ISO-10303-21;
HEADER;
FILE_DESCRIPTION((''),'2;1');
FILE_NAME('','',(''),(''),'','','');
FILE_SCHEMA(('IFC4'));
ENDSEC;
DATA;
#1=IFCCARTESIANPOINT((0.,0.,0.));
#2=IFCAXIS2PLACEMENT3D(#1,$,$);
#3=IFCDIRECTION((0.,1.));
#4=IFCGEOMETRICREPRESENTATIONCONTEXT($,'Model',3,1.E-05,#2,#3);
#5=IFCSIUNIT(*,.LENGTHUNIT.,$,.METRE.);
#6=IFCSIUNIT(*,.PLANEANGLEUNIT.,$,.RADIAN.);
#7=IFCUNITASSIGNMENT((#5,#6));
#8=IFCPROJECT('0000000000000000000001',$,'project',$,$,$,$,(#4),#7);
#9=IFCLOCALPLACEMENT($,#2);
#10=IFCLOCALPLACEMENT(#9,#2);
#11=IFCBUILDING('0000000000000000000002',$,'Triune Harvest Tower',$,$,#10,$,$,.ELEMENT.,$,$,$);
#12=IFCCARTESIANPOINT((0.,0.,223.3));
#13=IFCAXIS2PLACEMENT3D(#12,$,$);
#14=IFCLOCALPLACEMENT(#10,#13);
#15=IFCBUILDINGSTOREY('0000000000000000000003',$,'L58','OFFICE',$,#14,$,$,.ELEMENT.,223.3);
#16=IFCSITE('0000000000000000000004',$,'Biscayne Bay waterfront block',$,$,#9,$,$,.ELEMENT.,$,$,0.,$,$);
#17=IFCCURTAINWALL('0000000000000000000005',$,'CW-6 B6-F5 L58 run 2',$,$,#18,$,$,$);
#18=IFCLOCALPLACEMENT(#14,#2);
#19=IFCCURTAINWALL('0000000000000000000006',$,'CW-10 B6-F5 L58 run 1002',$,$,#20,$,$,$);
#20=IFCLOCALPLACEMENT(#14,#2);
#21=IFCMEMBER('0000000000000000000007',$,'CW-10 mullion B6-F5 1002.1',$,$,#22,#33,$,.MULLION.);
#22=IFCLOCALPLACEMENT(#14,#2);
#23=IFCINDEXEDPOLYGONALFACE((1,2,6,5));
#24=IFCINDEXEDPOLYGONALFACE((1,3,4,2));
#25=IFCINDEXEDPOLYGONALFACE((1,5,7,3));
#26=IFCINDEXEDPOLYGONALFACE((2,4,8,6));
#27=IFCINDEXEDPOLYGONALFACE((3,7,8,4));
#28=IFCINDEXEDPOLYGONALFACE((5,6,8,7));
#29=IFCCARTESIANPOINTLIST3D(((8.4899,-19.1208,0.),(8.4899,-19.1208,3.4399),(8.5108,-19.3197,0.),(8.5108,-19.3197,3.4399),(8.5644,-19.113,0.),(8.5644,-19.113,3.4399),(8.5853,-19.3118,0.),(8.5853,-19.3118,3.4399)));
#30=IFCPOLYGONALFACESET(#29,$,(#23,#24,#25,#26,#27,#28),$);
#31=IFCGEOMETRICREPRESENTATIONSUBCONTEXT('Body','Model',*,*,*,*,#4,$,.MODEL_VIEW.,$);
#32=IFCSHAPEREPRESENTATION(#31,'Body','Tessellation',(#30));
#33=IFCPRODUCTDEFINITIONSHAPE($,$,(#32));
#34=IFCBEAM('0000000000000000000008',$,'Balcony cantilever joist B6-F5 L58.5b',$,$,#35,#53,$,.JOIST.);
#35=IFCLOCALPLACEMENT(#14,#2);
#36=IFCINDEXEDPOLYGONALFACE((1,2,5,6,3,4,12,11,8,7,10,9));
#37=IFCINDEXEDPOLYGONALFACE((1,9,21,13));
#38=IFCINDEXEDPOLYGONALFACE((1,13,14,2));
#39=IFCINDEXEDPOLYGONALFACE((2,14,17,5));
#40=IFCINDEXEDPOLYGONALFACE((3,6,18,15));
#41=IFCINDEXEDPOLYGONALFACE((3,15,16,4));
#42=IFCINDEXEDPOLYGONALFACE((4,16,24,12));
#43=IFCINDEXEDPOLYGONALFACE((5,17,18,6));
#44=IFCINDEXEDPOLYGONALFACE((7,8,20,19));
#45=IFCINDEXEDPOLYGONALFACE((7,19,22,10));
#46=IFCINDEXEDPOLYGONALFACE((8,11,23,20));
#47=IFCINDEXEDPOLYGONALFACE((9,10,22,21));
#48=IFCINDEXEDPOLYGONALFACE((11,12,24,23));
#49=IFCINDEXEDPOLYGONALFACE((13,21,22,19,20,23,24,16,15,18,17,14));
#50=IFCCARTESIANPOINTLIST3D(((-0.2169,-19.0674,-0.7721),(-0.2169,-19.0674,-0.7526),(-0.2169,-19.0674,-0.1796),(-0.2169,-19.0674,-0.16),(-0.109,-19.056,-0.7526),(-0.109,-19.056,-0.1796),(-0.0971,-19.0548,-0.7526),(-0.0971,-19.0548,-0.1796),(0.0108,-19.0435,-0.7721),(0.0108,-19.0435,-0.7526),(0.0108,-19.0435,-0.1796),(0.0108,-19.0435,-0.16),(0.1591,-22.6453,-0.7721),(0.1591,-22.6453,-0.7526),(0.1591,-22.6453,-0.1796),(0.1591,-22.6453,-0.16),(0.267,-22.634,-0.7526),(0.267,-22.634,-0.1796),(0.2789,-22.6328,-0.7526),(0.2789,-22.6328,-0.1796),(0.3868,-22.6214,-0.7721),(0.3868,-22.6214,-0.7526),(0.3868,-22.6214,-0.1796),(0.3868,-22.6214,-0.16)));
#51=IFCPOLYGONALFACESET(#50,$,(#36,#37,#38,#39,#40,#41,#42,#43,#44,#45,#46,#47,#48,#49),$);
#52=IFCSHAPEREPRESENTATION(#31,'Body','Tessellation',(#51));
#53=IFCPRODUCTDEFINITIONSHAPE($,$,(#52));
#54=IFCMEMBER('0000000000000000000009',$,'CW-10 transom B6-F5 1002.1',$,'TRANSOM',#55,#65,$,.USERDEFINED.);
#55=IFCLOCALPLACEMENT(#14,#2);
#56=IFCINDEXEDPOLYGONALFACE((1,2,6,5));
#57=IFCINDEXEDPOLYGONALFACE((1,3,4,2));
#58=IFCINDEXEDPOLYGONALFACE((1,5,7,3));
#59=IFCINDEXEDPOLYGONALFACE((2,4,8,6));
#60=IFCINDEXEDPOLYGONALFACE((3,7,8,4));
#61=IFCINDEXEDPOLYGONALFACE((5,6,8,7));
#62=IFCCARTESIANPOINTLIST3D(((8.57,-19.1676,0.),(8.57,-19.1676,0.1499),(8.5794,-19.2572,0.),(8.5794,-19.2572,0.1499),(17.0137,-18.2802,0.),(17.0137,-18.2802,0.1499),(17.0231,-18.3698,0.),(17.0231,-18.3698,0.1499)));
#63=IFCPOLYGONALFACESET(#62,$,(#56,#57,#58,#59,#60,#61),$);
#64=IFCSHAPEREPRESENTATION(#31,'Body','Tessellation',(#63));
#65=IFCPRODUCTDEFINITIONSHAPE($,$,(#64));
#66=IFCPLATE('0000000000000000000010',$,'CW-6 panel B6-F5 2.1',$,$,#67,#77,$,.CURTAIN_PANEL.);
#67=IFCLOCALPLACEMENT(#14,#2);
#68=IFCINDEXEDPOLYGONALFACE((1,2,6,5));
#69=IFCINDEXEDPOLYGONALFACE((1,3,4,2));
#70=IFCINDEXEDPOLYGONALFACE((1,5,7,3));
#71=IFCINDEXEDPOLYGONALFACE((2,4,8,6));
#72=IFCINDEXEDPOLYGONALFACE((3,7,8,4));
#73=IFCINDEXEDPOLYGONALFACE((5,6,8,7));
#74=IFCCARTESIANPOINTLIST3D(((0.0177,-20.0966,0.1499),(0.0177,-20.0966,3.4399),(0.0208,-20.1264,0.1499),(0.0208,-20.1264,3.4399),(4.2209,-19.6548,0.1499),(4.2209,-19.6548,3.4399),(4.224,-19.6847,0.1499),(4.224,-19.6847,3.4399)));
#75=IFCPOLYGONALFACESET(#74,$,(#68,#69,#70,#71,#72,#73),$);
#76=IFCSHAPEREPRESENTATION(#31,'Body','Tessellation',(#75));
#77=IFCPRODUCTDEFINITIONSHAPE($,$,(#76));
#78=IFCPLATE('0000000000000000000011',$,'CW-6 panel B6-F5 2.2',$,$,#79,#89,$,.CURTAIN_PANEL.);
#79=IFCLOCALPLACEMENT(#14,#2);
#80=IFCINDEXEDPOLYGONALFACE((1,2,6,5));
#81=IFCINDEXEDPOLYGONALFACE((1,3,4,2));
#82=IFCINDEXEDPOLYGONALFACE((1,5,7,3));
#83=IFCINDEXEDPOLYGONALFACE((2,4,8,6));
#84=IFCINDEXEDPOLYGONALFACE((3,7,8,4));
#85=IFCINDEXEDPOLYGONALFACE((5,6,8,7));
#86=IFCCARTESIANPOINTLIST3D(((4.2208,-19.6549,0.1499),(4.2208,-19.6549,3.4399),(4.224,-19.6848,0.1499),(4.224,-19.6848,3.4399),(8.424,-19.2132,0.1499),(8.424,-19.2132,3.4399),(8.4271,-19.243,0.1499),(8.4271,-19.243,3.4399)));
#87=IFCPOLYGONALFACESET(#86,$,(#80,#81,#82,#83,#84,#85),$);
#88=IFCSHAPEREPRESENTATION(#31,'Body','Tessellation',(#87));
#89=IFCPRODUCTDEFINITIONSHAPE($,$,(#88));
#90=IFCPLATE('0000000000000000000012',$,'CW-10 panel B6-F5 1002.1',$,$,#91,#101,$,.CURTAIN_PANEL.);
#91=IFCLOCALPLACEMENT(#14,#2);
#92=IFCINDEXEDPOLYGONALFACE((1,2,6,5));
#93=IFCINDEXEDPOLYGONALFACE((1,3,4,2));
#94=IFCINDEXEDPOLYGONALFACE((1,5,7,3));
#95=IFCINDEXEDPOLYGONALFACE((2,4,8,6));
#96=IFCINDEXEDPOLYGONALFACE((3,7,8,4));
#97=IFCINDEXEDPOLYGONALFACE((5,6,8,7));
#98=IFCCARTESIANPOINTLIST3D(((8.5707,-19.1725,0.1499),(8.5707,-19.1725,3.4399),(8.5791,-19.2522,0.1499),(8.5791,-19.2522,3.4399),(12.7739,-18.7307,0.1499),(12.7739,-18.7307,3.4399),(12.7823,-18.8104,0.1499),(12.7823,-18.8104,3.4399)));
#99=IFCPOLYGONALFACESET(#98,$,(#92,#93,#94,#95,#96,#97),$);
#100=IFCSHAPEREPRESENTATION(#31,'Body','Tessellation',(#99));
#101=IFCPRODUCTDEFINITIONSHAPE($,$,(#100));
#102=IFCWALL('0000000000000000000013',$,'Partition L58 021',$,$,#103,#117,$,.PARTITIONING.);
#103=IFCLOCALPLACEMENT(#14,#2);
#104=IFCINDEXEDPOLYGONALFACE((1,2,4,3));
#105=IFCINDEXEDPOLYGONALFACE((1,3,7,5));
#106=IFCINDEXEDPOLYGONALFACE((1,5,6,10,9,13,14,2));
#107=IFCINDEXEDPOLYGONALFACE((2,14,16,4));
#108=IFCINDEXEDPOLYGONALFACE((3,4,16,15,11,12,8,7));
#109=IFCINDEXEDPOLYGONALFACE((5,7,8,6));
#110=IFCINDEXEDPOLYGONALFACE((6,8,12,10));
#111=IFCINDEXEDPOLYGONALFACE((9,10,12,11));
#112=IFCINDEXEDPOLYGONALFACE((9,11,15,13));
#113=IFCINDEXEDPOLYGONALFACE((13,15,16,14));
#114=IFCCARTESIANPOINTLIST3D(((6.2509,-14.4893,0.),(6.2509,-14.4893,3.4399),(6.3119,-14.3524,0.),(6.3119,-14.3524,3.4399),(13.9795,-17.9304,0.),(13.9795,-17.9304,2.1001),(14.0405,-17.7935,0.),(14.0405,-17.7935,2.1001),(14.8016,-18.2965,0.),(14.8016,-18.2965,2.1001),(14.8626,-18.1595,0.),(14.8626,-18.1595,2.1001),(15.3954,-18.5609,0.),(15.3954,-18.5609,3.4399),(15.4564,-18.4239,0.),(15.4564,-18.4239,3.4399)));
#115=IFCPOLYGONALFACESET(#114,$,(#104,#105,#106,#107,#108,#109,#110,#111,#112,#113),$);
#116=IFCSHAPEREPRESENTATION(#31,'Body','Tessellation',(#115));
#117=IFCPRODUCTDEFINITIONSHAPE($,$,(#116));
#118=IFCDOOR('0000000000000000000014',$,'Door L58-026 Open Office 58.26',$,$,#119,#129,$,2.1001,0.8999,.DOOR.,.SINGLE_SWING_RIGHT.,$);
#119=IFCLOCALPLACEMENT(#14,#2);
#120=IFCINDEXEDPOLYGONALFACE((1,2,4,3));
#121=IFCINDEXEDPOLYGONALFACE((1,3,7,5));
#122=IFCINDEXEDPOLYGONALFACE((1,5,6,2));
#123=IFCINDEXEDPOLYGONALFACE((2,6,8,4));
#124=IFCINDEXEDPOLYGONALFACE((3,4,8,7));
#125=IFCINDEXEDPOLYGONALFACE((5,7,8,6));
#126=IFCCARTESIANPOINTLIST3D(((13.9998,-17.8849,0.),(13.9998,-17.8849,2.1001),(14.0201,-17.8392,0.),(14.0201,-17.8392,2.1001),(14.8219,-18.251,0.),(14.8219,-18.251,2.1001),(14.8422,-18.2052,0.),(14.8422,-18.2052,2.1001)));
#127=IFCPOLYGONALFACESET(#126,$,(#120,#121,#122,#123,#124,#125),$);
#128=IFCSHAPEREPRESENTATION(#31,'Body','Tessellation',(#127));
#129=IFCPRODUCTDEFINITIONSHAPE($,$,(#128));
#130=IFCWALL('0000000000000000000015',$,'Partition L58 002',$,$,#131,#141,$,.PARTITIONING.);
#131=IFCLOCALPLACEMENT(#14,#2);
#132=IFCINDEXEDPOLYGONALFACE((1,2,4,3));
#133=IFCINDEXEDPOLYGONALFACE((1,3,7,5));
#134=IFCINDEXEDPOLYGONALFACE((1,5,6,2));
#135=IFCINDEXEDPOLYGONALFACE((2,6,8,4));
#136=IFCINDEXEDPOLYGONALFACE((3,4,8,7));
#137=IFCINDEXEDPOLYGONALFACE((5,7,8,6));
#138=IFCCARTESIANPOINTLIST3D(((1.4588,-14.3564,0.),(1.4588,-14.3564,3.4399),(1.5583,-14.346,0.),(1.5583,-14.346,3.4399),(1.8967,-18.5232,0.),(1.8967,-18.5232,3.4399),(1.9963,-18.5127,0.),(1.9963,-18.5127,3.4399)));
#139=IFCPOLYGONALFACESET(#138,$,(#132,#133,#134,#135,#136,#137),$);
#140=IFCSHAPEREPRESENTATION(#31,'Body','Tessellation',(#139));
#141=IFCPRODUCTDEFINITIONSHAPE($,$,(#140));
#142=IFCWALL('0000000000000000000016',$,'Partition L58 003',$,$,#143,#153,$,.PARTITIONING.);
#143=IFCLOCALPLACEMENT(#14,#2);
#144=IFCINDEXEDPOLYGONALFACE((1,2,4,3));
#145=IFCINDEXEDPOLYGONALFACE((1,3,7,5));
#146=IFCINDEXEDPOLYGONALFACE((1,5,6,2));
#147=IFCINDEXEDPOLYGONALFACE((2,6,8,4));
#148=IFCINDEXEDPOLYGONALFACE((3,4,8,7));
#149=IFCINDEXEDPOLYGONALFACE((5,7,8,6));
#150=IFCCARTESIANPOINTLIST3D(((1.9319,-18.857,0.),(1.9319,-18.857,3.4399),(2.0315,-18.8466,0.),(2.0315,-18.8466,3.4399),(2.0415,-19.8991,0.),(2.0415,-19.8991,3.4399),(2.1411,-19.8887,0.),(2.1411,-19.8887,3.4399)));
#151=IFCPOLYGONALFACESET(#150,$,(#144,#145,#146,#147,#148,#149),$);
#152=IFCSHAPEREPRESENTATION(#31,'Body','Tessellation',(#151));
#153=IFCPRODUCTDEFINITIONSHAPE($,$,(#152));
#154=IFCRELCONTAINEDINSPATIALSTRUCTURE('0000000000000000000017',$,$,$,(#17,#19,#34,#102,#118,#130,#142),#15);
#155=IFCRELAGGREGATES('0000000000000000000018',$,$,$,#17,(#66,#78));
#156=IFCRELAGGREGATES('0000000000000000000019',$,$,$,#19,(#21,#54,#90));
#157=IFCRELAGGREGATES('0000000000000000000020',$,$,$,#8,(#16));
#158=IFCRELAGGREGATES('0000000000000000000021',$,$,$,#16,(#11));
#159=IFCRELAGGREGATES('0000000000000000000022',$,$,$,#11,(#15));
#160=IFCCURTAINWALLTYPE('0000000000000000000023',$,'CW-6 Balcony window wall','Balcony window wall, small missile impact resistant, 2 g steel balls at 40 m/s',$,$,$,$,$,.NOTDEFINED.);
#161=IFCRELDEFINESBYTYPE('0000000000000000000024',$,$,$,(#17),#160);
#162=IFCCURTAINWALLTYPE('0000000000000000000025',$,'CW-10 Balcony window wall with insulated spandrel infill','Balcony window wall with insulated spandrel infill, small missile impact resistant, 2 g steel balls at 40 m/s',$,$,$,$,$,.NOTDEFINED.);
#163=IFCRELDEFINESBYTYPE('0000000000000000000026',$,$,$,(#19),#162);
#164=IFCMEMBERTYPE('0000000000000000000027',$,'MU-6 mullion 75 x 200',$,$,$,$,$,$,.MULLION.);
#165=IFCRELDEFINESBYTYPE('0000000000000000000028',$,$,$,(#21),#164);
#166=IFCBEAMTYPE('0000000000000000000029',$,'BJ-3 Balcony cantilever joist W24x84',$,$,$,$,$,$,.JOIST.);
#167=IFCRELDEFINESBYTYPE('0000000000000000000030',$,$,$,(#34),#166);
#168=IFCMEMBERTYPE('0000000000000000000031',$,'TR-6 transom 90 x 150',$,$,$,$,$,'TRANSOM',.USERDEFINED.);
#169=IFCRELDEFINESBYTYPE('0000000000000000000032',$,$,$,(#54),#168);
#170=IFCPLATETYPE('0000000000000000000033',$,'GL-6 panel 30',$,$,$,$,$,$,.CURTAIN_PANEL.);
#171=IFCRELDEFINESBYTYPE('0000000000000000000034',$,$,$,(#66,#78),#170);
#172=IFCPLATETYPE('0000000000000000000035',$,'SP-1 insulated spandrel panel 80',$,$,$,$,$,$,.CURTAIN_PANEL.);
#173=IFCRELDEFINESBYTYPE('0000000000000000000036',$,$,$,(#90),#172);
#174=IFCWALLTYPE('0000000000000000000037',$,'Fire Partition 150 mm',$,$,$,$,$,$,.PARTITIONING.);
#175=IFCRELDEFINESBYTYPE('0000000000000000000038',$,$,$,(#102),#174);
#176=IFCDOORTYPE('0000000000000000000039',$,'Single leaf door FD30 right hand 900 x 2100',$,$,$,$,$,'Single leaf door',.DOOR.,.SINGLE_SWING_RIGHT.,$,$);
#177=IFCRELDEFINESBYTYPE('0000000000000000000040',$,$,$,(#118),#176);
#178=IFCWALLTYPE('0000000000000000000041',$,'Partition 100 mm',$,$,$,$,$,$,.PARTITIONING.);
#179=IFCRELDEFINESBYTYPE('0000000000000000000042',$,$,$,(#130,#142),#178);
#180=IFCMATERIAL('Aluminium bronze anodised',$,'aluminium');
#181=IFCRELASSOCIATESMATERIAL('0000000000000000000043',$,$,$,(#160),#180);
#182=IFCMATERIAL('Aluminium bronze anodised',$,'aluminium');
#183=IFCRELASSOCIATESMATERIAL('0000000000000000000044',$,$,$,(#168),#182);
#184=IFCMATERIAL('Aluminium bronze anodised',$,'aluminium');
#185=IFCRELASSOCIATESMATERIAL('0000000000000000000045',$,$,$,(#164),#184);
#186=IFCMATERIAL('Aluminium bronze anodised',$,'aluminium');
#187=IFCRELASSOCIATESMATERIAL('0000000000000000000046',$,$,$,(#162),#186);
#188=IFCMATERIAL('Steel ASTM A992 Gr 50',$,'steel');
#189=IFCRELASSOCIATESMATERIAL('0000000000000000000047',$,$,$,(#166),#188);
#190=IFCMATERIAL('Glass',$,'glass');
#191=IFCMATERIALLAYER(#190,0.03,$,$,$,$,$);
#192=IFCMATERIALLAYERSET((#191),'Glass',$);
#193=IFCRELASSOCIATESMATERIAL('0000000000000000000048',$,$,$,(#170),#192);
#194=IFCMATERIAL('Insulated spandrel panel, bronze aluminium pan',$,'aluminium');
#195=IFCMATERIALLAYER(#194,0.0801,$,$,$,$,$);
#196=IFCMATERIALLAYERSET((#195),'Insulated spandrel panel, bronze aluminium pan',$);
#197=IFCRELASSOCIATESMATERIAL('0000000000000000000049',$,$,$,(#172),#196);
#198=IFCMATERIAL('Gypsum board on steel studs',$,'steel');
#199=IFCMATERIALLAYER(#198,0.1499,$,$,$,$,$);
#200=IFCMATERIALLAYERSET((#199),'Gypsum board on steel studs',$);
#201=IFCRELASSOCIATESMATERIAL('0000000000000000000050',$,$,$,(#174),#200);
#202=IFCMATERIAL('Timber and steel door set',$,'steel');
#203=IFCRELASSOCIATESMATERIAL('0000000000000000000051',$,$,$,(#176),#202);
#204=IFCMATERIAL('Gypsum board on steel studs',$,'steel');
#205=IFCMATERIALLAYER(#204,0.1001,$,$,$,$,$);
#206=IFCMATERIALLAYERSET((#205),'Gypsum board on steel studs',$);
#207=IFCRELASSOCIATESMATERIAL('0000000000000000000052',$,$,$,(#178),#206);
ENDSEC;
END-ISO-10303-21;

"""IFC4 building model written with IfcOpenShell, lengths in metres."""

from ifc_helpers import new_model, si_unit, direction, frame, frame_2d, origin, origin_2d, place, context, subcontext, project, spatial, rectangle, i_section, extrude, source, transform, mapped, material, layer, layer_set, material_profile, profile_set, type_object, element, fill, aggregate, save


model = new_model("IFC4")

# Units and contexts
model_context = context("Model", 3, precision=1e-05, world=origin(), true_north=direction((0.0, 1.0)))
body_context = subcontext(model_context, "Body", "Model", "MODEL_VIEW")
ifc_project = project(units=[si_unit("LENGTHUNIT", "METRE"), si_unit("PLANEANGLEUNIT", "RADIAN")], contexts=[model_context])

# Site, building, storey
site_placement = place(None, origin())
site = spatial("IfcSite", under=ifc_project, at=site_placement, Name="Biscayne Bay waterfront block", CompositionType="ELEMENT", RefElevation=0.0)
building_placement = place(site_placement, origin())
building = spatial("IfcBuilding", under=site, at=building_placement, Name="Triune Harvest Tower", CompositionType="ELEMENT")
storey_placement = place(building_placement, frame((0.0, 0.0, 223.3)))
storey = spatial("IfcBuildingStorey", under=building, at=storey_placement, Name="L58", Description="OFFICE", CompositionType="ELEMENT", Elevation=223.3)

# Curtain wall
ifc_material_1 = material(Name="Aluminium bronze anodised", Category="aluminium")
curtain_wall_type_1 = type_object("IfcCurtainWallType", Name="CW-6 Balcony window wall", Description="Balcony window wall, small missile impact resistant, 2 g steel balls at 40 m/s", PredefinedType="NOTDEFINED", material=ifc_material_1)
curtain_wall_1_placement = place(storey_placement, origin())
curtain_wall_1 = element("IfcCurtainWall", 1, at=curtain_wall_1_placement, inside=storey, type_object=curtain_wall_type_1, Name="CW-6 B6-F5 L58 run 2")
ifc_material_2 = material(Name="Aluminium bronze anodised", Category="aluminium")
ifc_material_profile_1 = material_profile(ifc_material_2, rectangle(XDim=0.0901, YDim=0.1499, at=origin_2d()), Name="TR-6 transom 90 x 150")
ifc_profile_set_1 = profile_set([ifc_material_profile_1], Name="Aluminium bronze anodised")
member_type_1 = type_object("IfcMemberType", Name="TR-6 transom 90 x 150", ElementType="TRANSOM", PredefinedType="USERDEFINED", material=ifc_profile_set_1)

# Shared definitions
ifc_material_3 = material(Name="Aluminium bronze anodised", Category="aluminium")
ifc_material_profile_2 = material_profile(ifc_material_3, rectangle(XDim=0.2, YDim=0.075, at=origin_2d()), Name="MU-6 mullion 75 x 200")
ifc_profile_set_2 = profile_set([ifc_material_profile_2], Name="Aluminium bronze anodised")
member_type_2 = type_object("IfcMemberType", Name="MU-6 mullion 75 x 200", PredefinedType="MULLION", material=ifc_profile_set_2)
shared_shape_1 = source(origin(), body_context, "Body", "SweptSolid", [
    extrude(rectangle(XDim=0.2, YDim=0.075, at=origin_2d()), origin(), (0.0, 0.0, 1.0), 3.4399),
])

# Curtain wall, member
ifc_material_4 = material(Name="Aluminium bronze anodised", Category="aluminium")
curtain_wall_type_2 = type_object("IfcCurtainWallType", Name="CW-10 Balcony window wall with insulated spandrel infill", Description="Balcony window wall with insulated spandrel infill, small missile impact resistant, 2 g steel balls at 40 m/s", PredefinedType="NOTDEFINED", material=ifc_material_4)
curtain_wall_2_placement = place(storey_placement, origin())
curtain_wall_2 = element("IfcCurtainWall", 2, at=curtain_wall_2_placement, inside=storey, type_object=curtain_wall_type_2, Name="CW-10 B6-F5 L58 run 1002")
member_1_placement = place(storey_placement, frame((8.5376, -19.2163, 0.0), z_axis=(0.0, 0.0, 1.0), x_axis=(-0.10453, 0.994522, 0.0)))
member_1 = element("IfcMember", 3, at=member_1_placement, type_object=member_type_2, Name="CW-10 mullion B6-F5 1002.1", PredefinedType="MULLION", context=body_context, shape_type="MappedRepresentation", body=[
    mapped(shared_shape_1, transform((0.0, 0.0, 0.0), scale=1.0)),
])

# Beam
ifc_material_5 = material(Name="Steel ASTM A992 Gr 50", Category="steel")
ifc_material_profile_3 = material_profile(ifc_material_5, i_section(OverallWidth=0.229, OverallDepth=0.6121, WebThickness=0.012, FlangeThickness=0.0195, at=origin_2d()), Name="W24x84")
ifc_profile_set_3 = profile_set([ifc_material_profile_3], Name="Steel ASTM A992 Gr 50")
beam_type_1 = type_object("IfcBeamType", Name="BJ-3 Balcony cantilever joist W24x84", PredefinedType="JOIST", material=ifc_profile_set_3)
shared_shape_2 = source(origin(), body_context, "Body", "SweptSolid", [
    extrude(i_section(OverallWidth=0.229, OverallDepth=0.6121, WebThickness=0.012, FlangeThickness=0.0195, at=origin_2d()), origin(), (0.0, 0.0, 1.0), 3.5977),
])
beam_1_placement = place(storey_placement, frame((-0.103, -19.0554, -0.4661), z_axis=(0.104508, -0.994524, 0.0), x_axis=(0.994524, 0.104508, 0.0)))
element("IfcBeam", 4, at=beam_1_placement, inside=storey, type_object=beam_type_1, Name="Balcony cantilever joist B6-F5 L58.5b", PredefinedType="JOIST", context=body_context, shape_type="MappedRepresentation", body=[
    mapped(shared_shape_2, transform((0.0, 0.0, 0.0), scale=1.0)),
])

# Member
shared_shape_3 = source(origin(), body_context, "Body", "SweptSolid", [
    extrude(rectangle(XDim=0.0901, YDim=0.1499, at=origin_2d()), origin(), (0.0, 0.0, 1.0), 8.4902),
])
member_2_placement = place(storey_placement, frame((8.5747, -19.2124, 0.075), z_axis=(0.994522, 0.104525, 0.0), x_axis=(-0.104525, 0.994522, 0.0)))
member_2 = element("IfcMember", 5, at=member_2_placement, type_object=member_type_1, Name="CW-10 transom B6-F5 1002.1", ObjectType="TRANSOM", PredefinedType="USERDEFINED", context=body_context, shape_type="MappedRepresentation", body=[
    mapped(shared_shape_3, transform((0.0, 0.0, 0.0), scale=1.0)),
])

# Plates
ifc_material_6 = material(Name="Glass", Category="glass")
ifc_layer_1 = layer(ifc_material_6, 0.03)
ifc_layer_set_1 = layer_set([ifc_layer_1], Name="Glass")
plate_type_1 = type_object("IfcPlateType", Name="GL-6 panel 30", PredefinedType="CURTAIN_PANEL", material=ifc_layer_set_1)
shared_shape_4 = source(origin(), body_context, "Body", "SweptSolid", [
    extrude(rectangle(XDim=4.2263, YDim=0.03, at=origin_2d()), origin(), (0.0, 0.0, 1.0), 3.29),
])
plate_1_placement = place(storey_placement, frame((2.1208, -19.8906, 0.1499), z_axis=(0.0, 0.0, 1.0), x_axis=(0.994522, 0.10453, 0.0)))
plate_1 = element("IfcPlate", 6, at=plate_1_placement, type_object=plate_type_1, Name="CW-6 panel B6-F5 2.1", PredefinedType="CURTAIN_PANEL", context=body_context, shape_type="MappedRepresentation", body=[
    mapped(shared_shape_4, transform((0.0, 0.0, 0.0), scale=1.0)),
])
plate_2_placement = place(storey_placement, frame((6.324, -19.449, 0.1499), z_axis=(0.0, 0.0, 1.0), x_axis=(0.994522, 0.10453, 0.0)))
plate_2 = element("IfcPlate", 7, at=plate_2_placement, type_object=plate_type_1, Name="CW-6 panel B6-F5 2.2", PredefinedType="CURTAIN_PANEL", context=body_context, shape_type="MappedRepresentation", body=[
    mapped(shared_shape_4, transform((0.0, 0.0, 0.0), scale=1.0)),
])
aggregate(curtain_wall_1, [plate_1, plate_2])
ifc_material_7 = material(Name="Insulated spandrel panel, bronze aluminium pan", Category="aluminium")
ifc_layer_2 = layer(ifc_material_7, 0.0801)
ifc_layer_set_2 = layer_set([ifc_layer_2], Name="Insulated spandrel panel, bronze aluminium pan")
plate_type_2 = type_object("IfcPlateType", Name="SP-1 insulated spandrel panel 80", PredefinedType="CURTAIN_PANEL", material=ifc_layer_set_2)
shared_shape_5 = source(origin(), body_context, "Body", "SweptSolid", [
    extrude(rectangle(XDim=4.2263, YDim=0.0801, at=origin_2d()), origin(), (0.0, 0.0, 1.0), 3.29),
])
plate_3_placement = place(storey_placement, frame((10.6765, -18.9915, 0.1499), z_axis=(0.0, 0.0, 1.0), x_axis=(0.994522, 0.10453, 0.0)))
plate_3 = element("IfcPlate", 8, at=plate_3_placement, type_object=plate_type_2, Name="CW-10 panel B6-F5 1002.1", PredefinedType="CURTAIN_PANEL", context=body_context, shape_type="MappedRepresentation", body=[
    mapped(shared_shape_5, transform((0.0, 0.0, 0.0), scale=1.0)),
])
aggregate(curtain_wall_2, [member_1, member_2, plate_3])

# Wall, opening, door
ifc_material_8 = material(Name="Gypsum board on steel studs", Category="steel")
ifc_layer_3 = layer(ifc_material_8, 0.1499)
ifc_layer_set_3 = layer_set([ifc_layer_3], Name="Gypsum board on steel studs")
wall_type_1 = type_object("IfcWallType", Name="Fire Partition 150 mm", PredefinedType="PARTITIONING", material=ifc_layer_set_3)
wall_1_placement = place(storey_placement, frame((6.2815, -14.4209, 0.0), z_axis=(0.0, 0.0, 1.0), x_axis=(0.913541, -0.406747, 0.0)))
wall_1 = element("IfcWall", 9, at=wall_1_placement, inside=storey, type_object=wall_type_1, Name="Partition L58 021", PredefinedType="PARTITIONING", context=body_context, shape_type="SweptSolid", body=[
    extrude(rectangle(XDim=10.01, YDim=0.1499, at=frame_2d((5.0049, 0.0))), origin(), (0.0, 0.0, 1.0), 3.4399),
])
opening_1_placement = place(wall_1_placement, frame((8.46, 0.0, 0.0)))
opening_1 = element("IfcOpeningElement", 10, at=opening_1_placement, cuts=wall_1, PredefinedType="OPENING", context=body_context, shape_type="SweptSolid", body=[
    extrude(rectangle(XDim=0.8999, YDim=2.1001, at=frame_2d((0.45, 1.05))), frame((0.0, 0.085, 0.0), z_axis=(0.0, -1.0, 0.0), x_axis=(1.0, 0.0, 0.0)), (0.0, 0.0, 1.0), 0.1699),
])
ifc_material_9 = material(Name="Timber and steel door set", Category="steel")
door_type_1 = type_object("IfcDoorType", Name="Single leaf door FD30 right hand 900 x 2100", ElementType="Single leaf door", OperationType="SINGLE_SWING_RIGHT", PredefinedType="DOOR", material=ifc_material_9)
door_1_placement = place(opening_1_placement, origin())
door_1 = element("IfcDoor", 11, at=door_1_placement, inside=storey, type_object=door_type_1, Name="Door L58-026 Open Office 58.26", OperationType="SINGLE_SWING_RIGHT", OverallHeight=2.1001, OverallWidth=0.8999, PredefinedType="DOOR", context=body_context, shape_type="SweptSolid", body=[
    extrude(rectangle(XDim=0.8999, YDim=2.1001, at=frame_2d((0.45, 1.05))), frame((0.0, 0.0249, 0.0), z_axis=(0.0, -1.0, 0.0), x_axis=(1.0, 0.0, 0.0)), (0.0, 0.0, 1.0), 0.05),
])
fill(opening_1, door_1)

# Walls
ifc_material_10 = material(Name="Gypsum board on steel studs", Category="steel")
ifc_layer_4 = layer(ifc_material_10, 0.1001)
ifc_layer_set_4 = layer_set([ifc_layer_4], Name="Gypsum board on steel studs")
wall_type_2 = type_object("IfcWallType", Name="Partition 100 mm", PredefinedType="PARTITIONING", material=ifc_layer_set_4)
shared_shape_6 = source(origin(), body_context, "Body", "SweptSolid", [
    extrude(rectangle(XDim=4.1897, YDim=0.1001, at=frame_2d((2.0947, 0.0))), origin(), (0.0, 0.0, 1.0), 3.4399),
])
wall_2_placement = place(storey_placement, frame((1.5085, -14.3513, 0.0), z_axis=(0.0, 0.0, 1.0), x_axis=(0.104539, -0.994521, 0.0)))
element("IfcWall", 12, at=wall_2_placement, inside=storey, type_object=wall_type_2, Name="Partition L58 002", PredefinedType="PARTITIONING", context=body_context, shape_type="MappedRepresentation", body=[
    mapped(shared_shape_6, transform((0.0, 0.0, 0.0), scale=1.0)),
])
shared_shape_7 = source(origin(), body_context, "Body", "SweptSolid", [
    extrude(rectangle(XDim=1.0479, YDim=0.1001, at=frame_2d((0.5239, 0.0))), origin(), (0.0, 0.0, 1.0), 3.4399),
])
wall_3_placement = place(storey_placement, frame((1.9817, -18.8518, 0.0), z_axis=(0.0, 0.0, 1.0), x_axis=(0.104624, -0.994512, 0.0)))
element("IfcWall", 13, at=wall_3_placement, inside=storey, type_object=wall_type_2, Name="Partition L58 003", PredefinedType="PARTITIONING", context=body_context, shape_type="MappedRepresentation", body=[
    mapped(shared_shape_7, transform((0.0, 0.0, 0.0), scale=1.0)),
])

save(model, "model.ifc")
